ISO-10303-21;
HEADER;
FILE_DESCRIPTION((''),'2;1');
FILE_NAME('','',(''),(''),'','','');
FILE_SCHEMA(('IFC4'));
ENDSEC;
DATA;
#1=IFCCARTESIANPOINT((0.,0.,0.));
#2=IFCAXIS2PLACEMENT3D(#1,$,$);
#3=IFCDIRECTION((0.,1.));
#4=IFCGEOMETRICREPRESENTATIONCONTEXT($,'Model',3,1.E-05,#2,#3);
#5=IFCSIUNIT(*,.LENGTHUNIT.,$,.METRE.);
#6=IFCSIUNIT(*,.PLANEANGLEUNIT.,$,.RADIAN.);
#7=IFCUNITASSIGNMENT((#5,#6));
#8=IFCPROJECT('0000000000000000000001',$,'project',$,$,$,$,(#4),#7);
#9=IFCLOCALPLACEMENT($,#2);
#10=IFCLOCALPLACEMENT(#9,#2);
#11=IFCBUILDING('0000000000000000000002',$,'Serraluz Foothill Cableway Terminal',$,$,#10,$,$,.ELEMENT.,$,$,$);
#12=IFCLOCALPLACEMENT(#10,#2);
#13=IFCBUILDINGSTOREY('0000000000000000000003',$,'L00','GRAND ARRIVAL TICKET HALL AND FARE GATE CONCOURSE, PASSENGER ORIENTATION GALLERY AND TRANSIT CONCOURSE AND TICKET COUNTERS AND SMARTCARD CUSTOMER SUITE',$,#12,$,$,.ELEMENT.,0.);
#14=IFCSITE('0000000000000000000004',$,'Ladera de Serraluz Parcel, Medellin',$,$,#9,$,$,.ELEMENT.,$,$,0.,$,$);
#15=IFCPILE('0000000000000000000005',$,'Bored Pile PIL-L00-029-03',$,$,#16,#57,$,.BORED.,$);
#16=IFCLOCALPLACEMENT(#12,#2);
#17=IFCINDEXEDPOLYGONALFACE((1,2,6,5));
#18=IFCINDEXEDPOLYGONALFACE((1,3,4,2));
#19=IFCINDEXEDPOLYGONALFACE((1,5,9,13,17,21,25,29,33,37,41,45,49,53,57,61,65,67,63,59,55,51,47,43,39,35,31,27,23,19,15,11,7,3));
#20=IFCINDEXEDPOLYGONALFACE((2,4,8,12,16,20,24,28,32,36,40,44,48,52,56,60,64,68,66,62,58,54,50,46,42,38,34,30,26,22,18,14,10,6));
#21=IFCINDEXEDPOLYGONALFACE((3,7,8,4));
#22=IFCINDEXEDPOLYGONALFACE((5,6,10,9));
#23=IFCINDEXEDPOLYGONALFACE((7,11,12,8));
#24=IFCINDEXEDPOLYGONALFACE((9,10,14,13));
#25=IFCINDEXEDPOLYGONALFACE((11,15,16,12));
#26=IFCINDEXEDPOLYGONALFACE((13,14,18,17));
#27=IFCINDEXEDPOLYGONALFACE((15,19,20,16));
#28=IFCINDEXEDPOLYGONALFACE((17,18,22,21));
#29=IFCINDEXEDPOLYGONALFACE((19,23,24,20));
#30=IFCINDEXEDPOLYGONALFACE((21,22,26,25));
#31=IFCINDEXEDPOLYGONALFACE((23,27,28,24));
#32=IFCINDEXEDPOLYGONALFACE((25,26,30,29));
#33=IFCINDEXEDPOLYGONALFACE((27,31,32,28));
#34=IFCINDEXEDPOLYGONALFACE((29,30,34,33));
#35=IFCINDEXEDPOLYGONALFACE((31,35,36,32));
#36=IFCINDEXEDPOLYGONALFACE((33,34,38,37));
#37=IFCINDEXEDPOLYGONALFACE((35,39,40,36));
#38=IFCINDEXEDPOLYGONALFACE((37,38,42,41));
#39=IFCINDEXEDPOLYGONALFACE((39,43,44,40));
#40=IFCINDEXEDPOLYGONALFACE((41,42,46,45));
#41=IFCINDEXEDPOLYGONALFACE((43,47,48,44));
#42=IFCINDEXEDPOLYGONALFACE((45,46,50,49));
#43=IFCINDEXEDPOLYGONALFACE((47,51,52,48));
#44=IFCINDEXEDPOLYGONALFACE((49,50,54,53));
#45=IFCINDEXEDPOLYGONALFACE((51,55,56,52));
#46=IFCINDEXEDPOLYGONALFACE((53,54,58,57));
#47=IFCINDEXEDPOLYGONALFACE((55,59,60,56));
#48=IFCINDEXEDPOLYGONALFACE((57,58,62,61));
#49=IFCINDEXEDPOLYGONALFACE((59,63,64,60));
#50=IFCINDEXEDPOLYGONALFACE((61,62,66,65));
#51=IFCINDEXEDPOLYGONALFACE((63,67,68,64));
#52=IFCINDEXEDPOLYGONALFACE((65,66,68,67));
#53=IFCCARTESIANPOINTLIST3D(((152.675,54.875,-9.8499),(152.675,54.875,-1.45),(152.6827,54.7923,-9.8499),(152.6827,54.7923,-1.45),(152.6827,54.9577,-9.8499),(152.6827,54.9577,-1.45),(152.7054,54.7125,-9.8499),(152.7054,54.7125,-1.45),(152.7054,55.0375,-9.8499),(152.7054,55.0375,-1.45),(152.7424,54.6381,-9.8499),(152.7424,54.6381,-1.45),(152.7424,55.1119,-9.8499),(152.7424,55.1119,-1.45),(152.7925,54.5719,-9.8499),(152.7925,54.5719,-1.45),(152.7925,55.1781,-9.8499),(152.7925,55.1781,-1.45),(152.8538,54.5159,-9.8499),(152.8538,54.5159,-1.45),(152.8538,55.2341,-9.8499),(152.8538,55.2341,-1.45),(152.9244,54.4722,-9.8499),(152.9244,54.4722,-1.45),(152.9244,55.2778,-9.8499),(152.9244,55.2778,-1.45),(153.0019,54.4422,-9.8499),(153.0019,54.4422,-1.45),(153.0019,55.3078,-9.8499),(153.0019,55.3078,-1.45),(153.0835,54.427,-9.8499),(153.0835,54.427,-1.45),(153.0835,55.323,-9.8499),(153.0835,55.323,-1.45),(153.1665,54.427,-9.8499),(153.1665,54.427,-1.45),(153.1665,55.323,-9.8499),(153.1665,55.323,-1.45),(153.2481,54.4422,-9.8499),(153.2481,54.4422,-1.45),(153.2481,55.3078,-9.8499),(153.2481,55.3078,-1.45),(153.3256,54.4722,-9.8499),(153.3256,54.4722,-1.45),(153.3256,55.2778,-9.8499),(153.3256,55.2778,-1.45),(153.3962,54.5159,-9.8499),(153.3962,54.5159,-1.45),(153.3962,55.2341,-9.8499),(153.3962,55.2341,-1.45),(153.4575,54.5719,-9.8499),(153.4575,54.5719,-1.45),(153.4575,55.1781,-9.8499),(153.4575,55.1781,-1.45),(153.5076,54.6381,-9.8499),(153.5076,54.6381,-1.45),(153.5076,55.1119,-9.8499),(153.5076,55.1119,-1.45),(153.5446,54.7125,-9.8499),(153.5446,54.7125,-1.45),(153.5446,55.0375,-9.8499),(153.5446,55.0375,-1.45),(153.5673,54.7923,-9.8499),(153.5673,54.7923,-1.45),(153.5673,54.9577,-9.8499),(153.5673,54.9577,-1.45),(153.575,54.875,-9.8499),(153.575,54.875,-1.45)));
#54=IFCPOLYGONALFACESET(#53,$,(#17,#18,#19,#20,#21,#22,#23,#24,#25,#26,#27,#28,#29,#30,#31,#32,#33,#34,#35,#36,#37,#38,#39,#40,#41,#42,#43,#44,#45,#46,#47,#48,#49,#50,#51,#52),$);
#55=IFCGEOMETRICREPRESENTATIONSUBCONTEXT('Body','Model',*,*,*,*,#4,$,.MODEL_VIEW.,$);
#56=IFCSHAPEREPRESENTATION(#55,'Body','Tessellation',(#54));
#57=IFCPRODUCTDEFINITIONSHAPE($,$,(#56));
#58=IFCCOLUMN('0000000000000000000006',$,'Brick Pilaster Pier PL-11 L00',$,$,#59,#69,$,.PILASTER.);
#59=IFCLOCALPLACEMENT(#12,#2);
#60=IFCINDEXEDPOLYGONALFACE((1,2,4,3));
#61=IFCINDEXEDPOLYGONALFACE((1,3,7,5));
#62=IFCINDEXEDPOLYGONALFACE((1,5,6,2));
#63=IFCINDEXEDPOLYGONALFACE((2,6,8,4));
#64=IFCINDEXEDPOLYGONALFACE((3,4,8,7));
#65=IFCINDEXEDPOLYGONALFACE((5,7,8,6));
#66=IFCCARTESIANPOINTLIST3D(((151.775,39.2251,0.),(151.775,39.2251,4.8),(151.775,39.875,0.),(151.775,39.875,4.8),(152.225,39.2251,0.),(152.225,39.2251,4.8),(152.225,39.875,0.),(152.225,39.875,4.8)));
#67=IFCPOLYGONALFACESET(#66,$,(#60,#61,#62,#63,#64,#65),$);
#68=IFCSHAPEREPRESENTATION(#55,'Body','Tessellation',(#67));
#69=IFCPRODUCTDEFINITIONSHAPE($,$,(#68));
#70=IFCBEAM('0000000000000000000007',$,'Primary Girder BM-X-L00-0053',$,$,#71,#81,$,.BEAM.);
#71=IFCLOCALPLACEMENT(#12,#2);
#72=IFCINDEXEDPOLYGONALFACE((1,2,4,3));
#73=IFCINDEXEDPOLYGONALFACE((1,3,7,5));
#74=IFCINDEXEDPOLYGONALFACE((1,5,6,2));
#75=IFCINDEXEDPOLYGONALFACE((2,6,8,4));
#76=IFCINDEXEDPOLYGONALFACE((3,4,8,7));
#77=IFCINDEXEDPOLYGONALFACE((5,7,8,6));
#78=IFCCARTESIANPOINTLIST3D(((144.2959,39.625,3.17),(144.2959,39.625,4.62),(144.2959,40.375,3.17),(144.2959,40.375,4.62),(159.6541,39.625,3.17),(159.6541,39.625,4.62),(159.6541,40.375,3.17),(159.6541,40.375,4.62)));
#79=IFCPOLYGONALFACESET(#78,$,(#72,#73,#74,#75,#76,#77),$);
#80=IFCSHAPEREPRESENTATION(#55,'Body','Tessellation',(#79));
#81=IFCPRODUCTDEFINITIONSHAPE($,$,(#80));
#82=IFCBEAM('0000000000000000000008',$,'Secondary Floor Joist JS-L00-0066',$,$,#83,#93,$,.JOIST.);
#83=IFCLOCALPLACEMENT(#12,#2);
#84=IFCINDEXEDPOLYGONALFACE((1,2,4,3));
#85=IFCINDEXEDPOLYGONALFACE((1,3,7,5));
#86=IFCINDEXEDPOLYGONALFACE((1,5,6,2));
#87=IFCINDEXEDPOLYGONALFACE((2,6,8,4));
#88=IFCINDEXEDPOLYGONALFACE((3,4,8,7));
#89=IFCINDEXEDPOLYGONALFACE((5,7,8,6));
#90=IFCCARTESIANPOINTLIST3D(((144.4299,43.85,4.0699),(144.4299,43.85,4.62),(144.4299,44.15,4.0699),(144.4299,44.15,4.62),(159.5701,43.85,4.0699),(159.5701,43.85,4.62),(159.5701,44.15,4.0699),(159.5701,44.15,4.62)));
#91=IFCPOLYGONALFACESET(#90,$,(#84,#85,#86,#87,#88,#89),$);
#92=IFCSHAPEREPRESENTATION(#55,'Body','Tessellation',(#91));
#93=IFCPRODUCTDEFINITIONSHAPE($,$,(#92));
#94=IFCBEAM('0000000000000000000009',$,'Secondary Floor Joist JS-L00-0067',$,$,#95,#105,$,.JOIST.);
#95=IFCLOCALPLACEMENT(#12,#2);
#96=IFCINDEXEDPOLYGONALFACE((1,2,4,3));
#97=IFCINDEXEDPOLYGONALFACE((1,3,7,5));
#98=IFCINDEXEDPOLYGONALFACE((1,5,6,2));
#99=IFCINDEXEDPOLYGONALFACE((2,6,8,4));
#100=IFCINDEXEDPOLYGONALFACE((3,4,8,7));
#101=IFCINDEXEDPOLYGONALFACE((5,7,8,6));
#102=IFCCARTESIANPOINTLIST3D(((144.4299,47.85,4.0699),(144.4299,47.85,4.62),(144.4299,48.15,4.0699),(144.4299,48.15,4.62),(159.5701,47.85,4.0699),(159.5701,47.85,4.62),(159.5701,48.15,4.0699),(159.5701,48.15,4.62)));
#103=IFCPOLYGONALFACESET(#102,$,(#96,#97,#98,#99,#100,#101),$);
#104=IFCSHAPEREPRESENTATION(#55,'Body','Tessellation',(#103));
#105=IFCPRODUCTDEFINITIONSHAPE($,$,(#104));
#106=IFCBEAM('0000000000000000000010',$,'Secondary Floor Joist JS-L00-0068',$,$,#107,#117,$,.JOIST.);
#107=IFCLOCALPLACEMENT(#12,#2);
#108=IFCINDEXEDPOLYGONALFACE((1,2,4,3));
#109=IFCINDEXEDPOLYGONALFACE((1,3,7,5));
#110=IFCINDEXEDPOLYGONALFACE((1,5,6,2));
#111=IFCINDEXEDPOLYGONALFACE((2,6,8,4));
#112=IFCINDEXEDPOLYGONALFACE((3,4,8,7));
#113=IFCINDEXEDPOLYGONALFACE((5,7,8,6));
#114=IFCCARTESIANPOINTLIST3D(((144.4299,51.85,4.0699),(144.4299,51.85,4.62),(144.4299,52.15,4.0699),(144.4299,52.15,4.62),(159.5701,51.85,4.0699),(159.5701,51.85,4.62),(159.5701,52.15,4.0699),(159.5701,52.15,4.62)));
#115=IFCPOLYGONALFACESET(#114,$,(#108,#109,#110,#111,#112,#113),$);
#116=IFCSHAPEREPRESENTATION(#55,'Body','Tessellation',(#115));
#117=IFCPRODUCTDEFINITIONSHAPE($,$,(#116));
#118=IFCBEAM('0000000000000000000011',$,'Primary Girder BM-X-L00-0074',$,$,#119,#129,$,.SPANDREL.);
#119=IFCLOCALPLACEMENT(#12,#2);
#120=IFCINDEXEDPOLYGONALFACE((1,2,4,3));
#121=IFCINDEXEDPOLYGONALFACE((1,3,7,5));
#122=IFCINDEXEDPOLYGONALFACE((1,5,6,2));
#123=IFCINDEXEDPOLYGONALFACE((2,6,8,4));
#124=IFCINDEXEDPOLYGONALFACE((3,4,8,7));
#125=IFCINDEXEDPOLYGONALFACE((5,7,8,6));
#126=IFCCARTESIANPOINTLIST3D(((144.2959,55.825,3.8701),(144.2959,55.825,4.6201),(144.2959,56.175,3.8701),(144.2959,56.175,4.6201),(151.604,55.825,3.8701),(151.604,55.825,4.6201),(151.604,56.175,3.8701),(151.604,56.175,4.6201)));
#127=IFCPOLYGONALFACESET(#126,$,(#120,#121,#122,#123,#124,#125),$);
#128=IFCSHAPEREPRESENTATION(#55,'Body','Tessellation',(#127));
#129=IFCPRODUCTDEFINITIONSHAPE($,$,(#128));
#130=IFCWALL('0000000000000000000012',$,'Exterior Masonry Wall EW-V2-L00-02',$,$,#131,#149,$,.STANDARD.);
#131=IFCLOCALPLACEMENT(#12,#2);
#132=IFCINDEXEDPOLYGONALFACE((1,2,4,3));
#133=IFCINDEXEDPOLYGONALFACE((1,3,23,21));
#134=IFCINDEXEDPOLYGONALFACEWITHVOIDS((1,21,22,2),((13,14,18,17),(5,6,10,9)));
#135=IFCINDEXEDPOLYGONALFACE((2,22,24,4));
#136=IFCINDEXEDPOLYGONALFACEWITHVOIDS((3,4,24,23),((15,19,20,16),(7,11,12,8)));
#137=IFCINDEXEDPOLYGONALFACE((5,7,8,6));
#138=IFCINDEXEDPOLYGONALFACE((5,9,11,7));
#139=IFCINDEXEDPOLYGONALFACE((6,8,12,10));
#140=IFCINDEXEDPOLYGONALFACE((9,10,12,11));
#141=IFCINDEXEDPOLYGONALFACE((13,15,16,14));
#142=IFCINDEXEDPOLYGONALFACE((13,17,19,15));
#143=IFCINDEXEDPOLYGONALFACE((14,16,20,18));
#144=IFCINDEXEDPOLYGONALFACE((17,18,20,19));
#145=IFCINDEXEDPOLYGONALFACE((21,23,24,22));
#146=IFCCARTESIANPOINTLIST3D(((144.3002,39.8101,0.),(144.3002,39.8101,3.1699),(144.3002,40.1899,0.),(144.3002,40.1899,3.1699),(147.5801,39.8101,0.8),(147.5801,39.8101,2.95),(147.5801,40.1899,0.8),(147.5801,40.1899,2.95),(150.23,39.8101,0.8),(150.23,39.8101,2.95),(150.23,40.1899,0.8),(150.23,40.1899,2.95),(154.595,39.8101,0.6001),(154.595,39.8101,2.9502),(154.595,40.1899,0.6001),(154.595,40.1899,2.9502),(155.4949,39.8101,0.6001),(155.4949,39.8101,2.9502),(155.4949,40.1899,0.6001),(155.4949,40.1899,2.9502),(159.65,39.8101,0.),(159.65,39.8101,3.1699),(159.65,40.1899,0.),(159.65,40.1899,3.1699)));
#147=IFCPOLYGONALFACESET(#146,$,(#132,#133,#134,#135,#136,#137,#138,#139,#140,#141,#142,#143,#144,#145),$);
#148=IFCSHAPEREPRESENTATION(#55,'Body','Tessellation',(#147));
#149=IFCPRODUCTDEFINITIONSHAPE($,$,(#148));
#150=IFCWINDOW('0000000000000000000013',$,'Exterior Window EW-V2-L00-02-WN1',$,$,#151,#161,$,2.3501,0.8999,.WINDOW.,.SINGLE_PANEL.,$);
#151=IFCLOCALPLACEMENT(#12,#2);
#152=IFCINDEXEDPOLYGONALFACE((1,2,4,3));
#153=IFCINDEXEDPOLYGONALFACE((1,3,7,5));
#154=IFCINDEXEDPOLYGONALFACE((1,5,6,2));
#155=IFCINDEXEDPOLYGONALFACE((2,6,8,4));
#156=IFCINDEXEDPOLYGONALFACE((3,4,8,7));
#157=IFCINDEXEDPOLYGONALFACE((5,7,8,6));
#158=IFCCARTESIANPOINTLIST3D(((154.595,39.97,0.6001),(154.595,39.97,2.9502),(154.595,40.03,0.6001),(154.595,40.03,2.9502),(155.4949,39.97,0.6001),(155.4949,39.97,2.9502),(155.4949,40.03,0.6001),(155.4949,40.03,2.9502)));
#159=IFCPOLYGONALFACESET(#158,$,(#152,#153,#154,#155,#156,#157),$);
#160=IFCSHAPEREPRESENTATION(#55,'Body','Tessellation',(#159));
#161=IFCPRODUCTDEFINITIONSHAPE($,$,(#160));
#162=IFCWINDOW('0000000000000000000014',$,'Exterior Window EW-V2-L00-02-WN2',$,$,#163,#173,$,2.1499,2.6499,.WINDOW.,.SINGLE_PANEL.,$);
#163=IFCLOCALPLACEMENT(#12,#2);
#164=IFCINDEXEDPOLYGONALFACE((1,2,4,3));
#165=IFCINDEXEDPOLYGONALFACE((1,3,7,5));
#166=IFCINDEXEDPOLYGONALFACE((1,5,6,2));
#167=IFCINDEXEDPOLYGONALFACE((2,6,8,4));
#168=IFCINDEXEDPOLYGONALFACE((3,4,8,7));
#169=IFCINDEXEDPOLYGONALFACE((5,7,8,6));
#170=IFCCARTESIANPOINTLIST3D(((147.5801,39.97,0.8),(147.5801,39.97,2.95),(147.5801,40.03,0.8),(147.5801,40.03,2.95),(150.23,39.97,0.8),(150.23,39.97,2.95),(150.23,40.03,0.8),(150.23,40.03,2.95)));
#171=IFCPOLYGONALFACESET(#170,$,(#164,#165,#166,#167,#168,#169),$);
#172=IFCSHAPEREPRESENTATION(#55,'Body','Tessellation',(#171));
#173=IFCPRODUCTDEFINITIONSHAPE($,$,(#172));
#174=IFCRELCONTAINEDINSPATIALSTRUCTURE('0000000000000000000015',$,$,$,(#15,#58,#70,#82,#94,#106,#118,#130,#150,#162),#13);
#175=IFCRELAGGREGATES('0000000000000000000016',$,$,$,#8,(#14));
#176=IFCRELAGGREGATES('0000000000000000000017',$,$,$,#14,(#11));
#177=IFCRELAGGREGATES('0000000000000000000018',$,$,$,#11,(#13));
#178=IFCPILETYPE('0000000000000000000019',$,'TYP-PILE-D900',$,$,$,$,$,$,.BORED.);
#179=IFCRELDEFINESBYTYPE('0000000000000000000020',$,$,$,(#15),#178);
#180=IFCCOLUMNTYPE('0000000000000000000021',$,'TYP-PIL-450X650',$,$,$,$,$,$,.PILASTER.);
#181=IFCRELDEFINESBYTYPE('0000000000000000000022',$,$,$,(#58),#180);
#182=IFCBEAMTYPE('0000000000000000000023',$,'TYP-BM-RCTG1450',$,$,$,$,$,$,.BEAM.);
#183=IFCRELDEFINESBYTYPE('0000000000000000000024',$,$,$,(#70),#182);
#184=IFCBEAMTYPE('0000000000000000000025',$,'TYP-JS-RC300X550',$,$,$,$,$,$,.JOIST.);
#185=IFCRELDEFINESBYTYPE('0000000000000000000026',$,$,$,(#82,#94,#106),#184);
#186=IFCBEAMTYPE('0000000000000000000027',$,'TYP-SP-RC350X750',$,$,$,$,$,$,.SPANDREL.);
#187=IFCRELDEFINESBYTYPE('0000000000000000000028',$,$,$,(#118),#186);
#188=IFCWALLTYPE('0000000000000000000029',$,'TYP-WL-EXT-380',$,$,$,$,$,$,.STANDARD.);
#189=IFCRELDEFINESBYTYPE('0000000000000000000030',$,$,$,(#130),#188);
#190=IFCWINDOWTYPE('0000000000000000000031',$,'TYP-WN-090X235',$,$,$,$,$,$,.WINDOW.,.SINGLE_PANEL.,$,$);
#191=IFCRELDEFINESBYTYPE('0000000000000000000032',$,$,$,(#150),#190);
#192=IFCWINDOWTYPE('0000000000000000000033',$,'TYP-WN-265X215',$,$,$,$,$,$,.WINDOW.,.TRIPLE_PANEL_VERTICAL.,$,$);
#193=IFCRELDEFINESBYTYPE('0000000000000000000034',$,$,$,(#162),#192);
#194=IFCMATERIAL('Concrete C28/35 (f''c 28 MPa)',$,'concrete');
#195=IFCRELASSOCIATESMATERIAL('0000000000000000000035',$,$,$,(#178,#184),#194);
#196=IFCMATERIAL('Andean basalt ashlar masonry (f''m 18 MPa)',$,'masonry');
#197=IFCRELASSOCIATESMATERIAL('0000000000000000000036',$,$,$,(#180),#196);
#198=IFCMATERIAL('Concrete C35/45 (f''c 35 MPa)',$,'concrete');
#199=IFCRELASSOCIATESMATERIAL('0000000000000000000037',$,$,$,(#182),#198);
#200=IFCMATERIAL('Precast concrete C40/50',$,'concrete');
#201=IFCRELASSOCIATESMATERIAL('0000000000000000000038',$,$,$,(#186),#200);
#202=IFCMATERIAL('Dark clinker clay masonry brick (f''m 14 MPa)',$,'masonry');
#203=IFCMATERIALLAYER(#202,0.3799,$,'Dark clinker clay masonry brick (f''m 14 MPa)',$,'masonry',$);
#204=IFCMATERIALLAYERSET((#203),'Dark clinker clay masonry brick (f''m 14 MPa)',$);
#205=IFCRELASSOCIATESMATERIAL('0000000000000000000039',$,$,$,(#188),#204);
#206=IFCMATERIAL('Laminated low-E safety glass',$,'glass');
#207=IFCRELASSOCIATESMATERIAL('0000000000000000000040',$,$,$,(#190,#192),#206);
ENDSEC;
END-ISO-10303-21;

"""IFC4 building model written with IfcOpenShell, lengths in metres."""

from ifc_helpers import new_model, si_unit, direction, frame, frame_2d, origin, origin_2d, place, context, subcontext, project, spatial, rectangle, circle, extrude, material, layer, layer_set, material_profile, profile_set, type_object, element, fill, save


model = new_model("IFC4")

# Units and contexts
model_context = context("Model", 3, precision=1e-05, world=origin(), true_north=direction((0.0, 1.0)))
body_context = subcontext(model_context, "Body", "Model", "MODEL_VIEW")
ifc_project = project(units=[si_unit("LENGTHUNIT", "METRE"), si_unit("PLANEANGLEUNIT", "RADIAN")], contexts=[model_context])

# Site, building, storey
site_placement = place(None, origin())
site = spatial("IfcSite", under=ifc_project, at=site_placement, Name="Ladera de Serraluz Parcel, Medellin", CompositionType="ELEMENT", RefElevation=0.0)
building_placement = place(site_placement, origin())
building = spatial("IfcBuilding", under=site, at=building_placement, Name="Serraluz Foothill Cableway Terminal", CompositionType="ELEMENT")
storey_placement = place(building_placement, origin())
storey = spatial("IfcBuildingStorey", under=building, at=storey_placement, Name="L00", Description="GRAND ARRIVAL TICKET HALL AND FARE GATE CONCOURSE, PASSENGER ORIENTATION GALLERY AND TRANSIT CONCOURSE AND TICKET COUNTERS AND SMARTCARD CUSTOMER SUITE", CompositionType="ELEMENT", Elevation=0.0)

# Shared definitions
ifc_material_1 = material(Name="Concrete C35/45 (f'c 35 MPa)", Category="concrete")

# Pile
ifc_material_2 = material(Name="Concrete C28/35 (f'c 28 MPa)", Category="concrete")
ifc_material_profile_1 = material_profile(ifc_material_2, circle(Radius=0.45, at=origin_2d()), Name="BORED PILE D900")
ifc_profile_set_1 = profile_set([ifc_material_profile_1], Name="Concrete C28/35 (f'c 28 MPa)")
pile_type_1 = type_object("IfcPileType", Name="TYP-PILE-D900", PredefinedType="BORED", material=ifc_profile_set_1)
for number, where, z_axis, x_axis, name in (
    (1, (153.125, 54.875, -1.45), (0.0, 0.0, -1.0), (1.0, 0.0, 0.0), "Bored Pile PIL-L00-029-03"),
):
    element("IfcPile", number, at=place(storey_placement, frame(where, z_axis=z_axis, x_axis=x_axis)), inside=storey, type_object=pile_type_1, Name=name, PredefinedType="BORED", context=body_context, shape_type="SweptSolid", body=[
        extrude(circle(Radius=0.45, at=origin_2d()), origin(), (0.0, 0.0, 1.0), 8.3999),
    ])

# Column
ifc_material_3 = material(Name="Andean basalt ashlar masonry (f'm 18 MPa)", Category="masonry")
ifc_material_profile_2 = material_profile(ifc_material_3, rectangle(XDim=0.45, YDim=0.6499, at=origin_2d()), Name="PIL 450x650")
ifc_profile_set_2 = profile_set([ifc_material_profile_2], Name="Andean basalt ashlar masonry (f'm 18 MPa)")
column_type = type_object("IfcColumnType", Name="TYP-PIL-450X650", PredefinedType="PILASTER", material=ifc_profile_set_2)
column_placement = place(storey_placement, frame((152.0, 39.55, 0.0), z_axis=(0.0, 0.0, 1.0), x_axis=(1.0, 0.0, 0.0)))
element("IfcColumn", 2, at=column_placement, inside=storey, type_object=column_type, Name="Brick Pilaster Pier PL-11 L00", PredefinedType="PILASTER", context=body_context, shape_type="SweptSolid", body=[
    extrude(rectangle(XDim=0.45, YDim=0.6499, at=origin_2d()), origin(), (0.0, 0.0, 1.0), 4.8),
])

# Beams
ifc_material_profile_3 = material_profile(ifc_material_1, rectangle(XDim=0.75, YDim=1.45, at=origin_2d()), Name="RC TG 750x1450")
ifc_profile_set_3 = profile_set([ifc_material_profile_3], Name="Concrete C35/45 (f'c 35 MPa)")
beam_type_1 = type_object("IfcBeamType", Name="TYP-BM-RCTG1450", PredefinedType="BEAM", material=ifc_profile_set_3)
beam_1_placement = place(storey_placement, frame((144.2959, 40.0, 3.895), z_axis=(1.0, 0.0, 0.0), x_axis=(0.0, 1.0, 0.0)))
element("IfcBeam", 3, at=beam_1_placement, inside=storey, type_object=beam_type_1, Name="Primary Girder BM-X-L00-0053", PredefinedType="BEAM", context=body_context, shape_type="SweptSolid", body=[
    extrude(rectangle(XDim=0.75, YDim=1.45, at=origin_2d()), origin(), (0.0, 0.0, 1.0), 15.3582),
])
ifc_material_profile_4 = material_profile(ifc_material_2, rectangle(XDim=0.3, YDim=0.55, at=origin_2d()), Name="RC 300x550")
ifc_profile_set_4 = profile_set([ifc_material_profile_4], Name="Concrete C28/35 (f'c 28 MPa)")
beam_type_2 = type_object("IfcBeamType", Name="TYP-JS-RC300X550", PredefinedType="JOIST", material=ifc_profile_set_4)
for number, where, z_axis, x_axis, name in (
    (4, (144.4299, 44.0, 4.345), (1.0, 0.0, 0.0), (0.0, 1.0, 0.0), "Secondary Floor Joist JS-L00-0066"),
    (5, (144.4299, 48.0, 4.345), (1.0, 0.0, 0.0), (0.0, 1.0, 0.0), "Secondary Floor Joist JS-L00-0067"),
    (6, (144.4299, 52.0, 4.345), (1.0, 0.0, 0.0), (0.0, 1.0, 0.0), "Secondary Floor Joist JS-L00-0068"),
):
    element("IfcBeam", number, at=place(storey_placement, frame(where, z_axis=z_axis, x_axis=x_axis)), inside=storey, type_object=beam_type_2, Name=name, PredefinedType="JOIST", context=body_context, shape_type="SweptSolid", body=[
        extrude(rectangle(XDim=0.3, YDim=0.55, at=origin_2d()), origin(), (0.0, 0.0, 1.0), 15.1401),
    ])
ifc_material_4 = material(Name="Precast concrete C40/50", Category="concrete")
ifc_material_profile_5 = material_profile(ifc_material_4, rectangle(XDim=0.3501, YDim=0.75, at=origin_2d()), Name="RC SP 350x750")
ifc_profile_set_5 = profile_set([ifc_material_profile_5], Name="Precast concrete C40/50")
beam_type_3 = type_object("IfcBeamType", Name="TYP-SP-RC350X750", PredefinedType="SPANDREL", material=ifc_profile_set_5)
beam_2_placement = place(storey_placement, frame((144.2959, 56.0, 4.2451), z_axis=(1.0, 0.0, 0.0), x_axis=(0.0, 1.0, 0.0)))
element("IfcBeam", 7, at=beam_2_placement, inside=storey, type_object=beam_type_3, Name="Primary Girder BM-X-L00-0074", PredefinedType="SPANDREL", context=body_context, shape_type="SweptSolid", body=[
    extrude(rectangle(XDim=0.3501, YDim=0.75, at=origin_2d()), origin(), (0.0, 0.0, 1.0), 7.3081),
])

# Wall, openings, windows
ifc_material_5 = material(Name="Dark clinker clay masonry brick (f'm 14 MPa)", Category="masonry")
ifc_layer_1 = layer(ifc_material_5, 0.3799, Name="Dark clinker clay masonry brick (f'm 14 MPa)", Category="masonry")
ifc_layer_set_1 = layer_set([ifc_layer_1], Name="Dark clinker clay masonry brick (f'm 14 MPa)")
wall_type_1 = type_object("IfcWallType", Name="TYP-WL-EXT-380", PredefinedType="STANDARD", material=ifc_layer_set_1)
wall_1_placement = place(storey_placement, frame((159.6499, 40.0, 0.0), z_axis=(0.0, 0.0, 1.0), x_axis=(-1.0, 0.0, 0.0)))
wall_1 = element("IfcWall", 8, at=wall_1_placement, inside=storey, type_object=wall_type_1, Name="Exterior Masonry Wall EW-V2-L00-02", PredefinedType="STANDARD", context=body_context, shape_type="SweptSolid", body=[
    extrude(rectangle(XDim=15.3499, YDim=0.3799, at=frame_2d((7.6748, 0.0))), origin(), (0.0, 0.0, 1.0), 3.1699),
])
opening_1_placement = place(wall_1_placement, frame((4.155, 0.0, 0.6001)))
opening_1 = element("IfcOpeningElement", 9, at=opening_1_placement, cuts=wall_1, PredefinedType="OPENING", context=body_context, shape_type="SweptSolid", body=[
    extrude(rectangle(XDim=0.8999, YDim=2.3501, at=frame_2d((0.45, 1.175))), frame((0.0, 0.2, 0.0), z_axis=(0.0, -1.0, 0.0), x_axis=(1.0, 0.0, 0.0)), (0.0, 0.0, 1.0), 0.3999),
])
opening_2_placement = place(wall_1_placement, frame((9.4199, 0.0, 0.8)))
opening_2 = element("IfcOpeningElement", 10, at=opening_2_placement, cuts=wall_1, PredefinedType="OPENING", context=body_context, shape_type="SweptSolid", body=[
    extrude(rectangle(XDim=2.6499, YDim=2.1499, at=frame_2d((1.325, 1.075))), frame((0.0, 0.2, 0.0), z_axis=(0.0, -1.0, 0.0), x_axis=(1.0, 0.0, 0.0)), (0.0, 0.0, 1.0), 0.3999),
])
ifc_material_6 = material(Name="Laminated low-E safety glass", Category="glass")
window_type_1 = type_object("IfcWindowType", Name="TYP-WN-090X235", PartitioningType="SINGLE_PANEL", PredefinedType="WINDOW", material=ifc_material_6)
window_1_placement = place(opening_1_placement, origin())
window_1 = element("IfcWindow", 11, at=window_1_placement, inside=storey, type_object=window_type_1, Name="Exterior Window EW-V2-L00-02-WN1", OverallHeight=2.3501, OverallWidth=0.8999, PartitioningType="SINGLE_PANEL", PredefinedType="WINDOW", context=body_context, shape_type="SweptSolid", body=[
    extrude(rectangle(XDim=0.8999, YDim=2.3501, at=frame_2d((0.45, 1.175))), frame((0.0, 0.03, 0.0), z_axis=(0.0, -1.0, 0.0), x_axis=(1.0, 0.0, 0.0)), (0.0, 0.0, 1.0), 0.0601),
])
fill(opening_1, window_1)
window_type_2 = type_object("IfcWindowType", Name="TYP-WN-265X215", PartitioningType="TRIPLE_PANEL_VERTICAL", PredefinedType="WINDOW", material=ifc_material_6)
window_2_placement = place(opening_2_placement, origin())
window_2 = element("IfcWindow", 12, at=window_2_placement, inside=storey, type_object=window_type_2, Name="Exterior Window EW-V2-L00-02-WN2", OverallHeight=2.1499, OverallWidth=2.6499, PartitioningType="SINGLE_PANEL", PredefinedType="WINDOW", context=body_context, shape_type="SweptSolid", body=[
    extrude(rectangle(XDim=2.6499, YDim=2.1499, at=frame_2d((1.325, 1.075))), frame((0.0, 0.03, 0.0), z_axis=(0.0, -1.0, 0.0), x_axis=(1.0, 0.0, 0.0)), (0.0, 0.0, 1.0), 0.0601),
])
fill(opening_2, window_2)

save(model, "model.ifc")
